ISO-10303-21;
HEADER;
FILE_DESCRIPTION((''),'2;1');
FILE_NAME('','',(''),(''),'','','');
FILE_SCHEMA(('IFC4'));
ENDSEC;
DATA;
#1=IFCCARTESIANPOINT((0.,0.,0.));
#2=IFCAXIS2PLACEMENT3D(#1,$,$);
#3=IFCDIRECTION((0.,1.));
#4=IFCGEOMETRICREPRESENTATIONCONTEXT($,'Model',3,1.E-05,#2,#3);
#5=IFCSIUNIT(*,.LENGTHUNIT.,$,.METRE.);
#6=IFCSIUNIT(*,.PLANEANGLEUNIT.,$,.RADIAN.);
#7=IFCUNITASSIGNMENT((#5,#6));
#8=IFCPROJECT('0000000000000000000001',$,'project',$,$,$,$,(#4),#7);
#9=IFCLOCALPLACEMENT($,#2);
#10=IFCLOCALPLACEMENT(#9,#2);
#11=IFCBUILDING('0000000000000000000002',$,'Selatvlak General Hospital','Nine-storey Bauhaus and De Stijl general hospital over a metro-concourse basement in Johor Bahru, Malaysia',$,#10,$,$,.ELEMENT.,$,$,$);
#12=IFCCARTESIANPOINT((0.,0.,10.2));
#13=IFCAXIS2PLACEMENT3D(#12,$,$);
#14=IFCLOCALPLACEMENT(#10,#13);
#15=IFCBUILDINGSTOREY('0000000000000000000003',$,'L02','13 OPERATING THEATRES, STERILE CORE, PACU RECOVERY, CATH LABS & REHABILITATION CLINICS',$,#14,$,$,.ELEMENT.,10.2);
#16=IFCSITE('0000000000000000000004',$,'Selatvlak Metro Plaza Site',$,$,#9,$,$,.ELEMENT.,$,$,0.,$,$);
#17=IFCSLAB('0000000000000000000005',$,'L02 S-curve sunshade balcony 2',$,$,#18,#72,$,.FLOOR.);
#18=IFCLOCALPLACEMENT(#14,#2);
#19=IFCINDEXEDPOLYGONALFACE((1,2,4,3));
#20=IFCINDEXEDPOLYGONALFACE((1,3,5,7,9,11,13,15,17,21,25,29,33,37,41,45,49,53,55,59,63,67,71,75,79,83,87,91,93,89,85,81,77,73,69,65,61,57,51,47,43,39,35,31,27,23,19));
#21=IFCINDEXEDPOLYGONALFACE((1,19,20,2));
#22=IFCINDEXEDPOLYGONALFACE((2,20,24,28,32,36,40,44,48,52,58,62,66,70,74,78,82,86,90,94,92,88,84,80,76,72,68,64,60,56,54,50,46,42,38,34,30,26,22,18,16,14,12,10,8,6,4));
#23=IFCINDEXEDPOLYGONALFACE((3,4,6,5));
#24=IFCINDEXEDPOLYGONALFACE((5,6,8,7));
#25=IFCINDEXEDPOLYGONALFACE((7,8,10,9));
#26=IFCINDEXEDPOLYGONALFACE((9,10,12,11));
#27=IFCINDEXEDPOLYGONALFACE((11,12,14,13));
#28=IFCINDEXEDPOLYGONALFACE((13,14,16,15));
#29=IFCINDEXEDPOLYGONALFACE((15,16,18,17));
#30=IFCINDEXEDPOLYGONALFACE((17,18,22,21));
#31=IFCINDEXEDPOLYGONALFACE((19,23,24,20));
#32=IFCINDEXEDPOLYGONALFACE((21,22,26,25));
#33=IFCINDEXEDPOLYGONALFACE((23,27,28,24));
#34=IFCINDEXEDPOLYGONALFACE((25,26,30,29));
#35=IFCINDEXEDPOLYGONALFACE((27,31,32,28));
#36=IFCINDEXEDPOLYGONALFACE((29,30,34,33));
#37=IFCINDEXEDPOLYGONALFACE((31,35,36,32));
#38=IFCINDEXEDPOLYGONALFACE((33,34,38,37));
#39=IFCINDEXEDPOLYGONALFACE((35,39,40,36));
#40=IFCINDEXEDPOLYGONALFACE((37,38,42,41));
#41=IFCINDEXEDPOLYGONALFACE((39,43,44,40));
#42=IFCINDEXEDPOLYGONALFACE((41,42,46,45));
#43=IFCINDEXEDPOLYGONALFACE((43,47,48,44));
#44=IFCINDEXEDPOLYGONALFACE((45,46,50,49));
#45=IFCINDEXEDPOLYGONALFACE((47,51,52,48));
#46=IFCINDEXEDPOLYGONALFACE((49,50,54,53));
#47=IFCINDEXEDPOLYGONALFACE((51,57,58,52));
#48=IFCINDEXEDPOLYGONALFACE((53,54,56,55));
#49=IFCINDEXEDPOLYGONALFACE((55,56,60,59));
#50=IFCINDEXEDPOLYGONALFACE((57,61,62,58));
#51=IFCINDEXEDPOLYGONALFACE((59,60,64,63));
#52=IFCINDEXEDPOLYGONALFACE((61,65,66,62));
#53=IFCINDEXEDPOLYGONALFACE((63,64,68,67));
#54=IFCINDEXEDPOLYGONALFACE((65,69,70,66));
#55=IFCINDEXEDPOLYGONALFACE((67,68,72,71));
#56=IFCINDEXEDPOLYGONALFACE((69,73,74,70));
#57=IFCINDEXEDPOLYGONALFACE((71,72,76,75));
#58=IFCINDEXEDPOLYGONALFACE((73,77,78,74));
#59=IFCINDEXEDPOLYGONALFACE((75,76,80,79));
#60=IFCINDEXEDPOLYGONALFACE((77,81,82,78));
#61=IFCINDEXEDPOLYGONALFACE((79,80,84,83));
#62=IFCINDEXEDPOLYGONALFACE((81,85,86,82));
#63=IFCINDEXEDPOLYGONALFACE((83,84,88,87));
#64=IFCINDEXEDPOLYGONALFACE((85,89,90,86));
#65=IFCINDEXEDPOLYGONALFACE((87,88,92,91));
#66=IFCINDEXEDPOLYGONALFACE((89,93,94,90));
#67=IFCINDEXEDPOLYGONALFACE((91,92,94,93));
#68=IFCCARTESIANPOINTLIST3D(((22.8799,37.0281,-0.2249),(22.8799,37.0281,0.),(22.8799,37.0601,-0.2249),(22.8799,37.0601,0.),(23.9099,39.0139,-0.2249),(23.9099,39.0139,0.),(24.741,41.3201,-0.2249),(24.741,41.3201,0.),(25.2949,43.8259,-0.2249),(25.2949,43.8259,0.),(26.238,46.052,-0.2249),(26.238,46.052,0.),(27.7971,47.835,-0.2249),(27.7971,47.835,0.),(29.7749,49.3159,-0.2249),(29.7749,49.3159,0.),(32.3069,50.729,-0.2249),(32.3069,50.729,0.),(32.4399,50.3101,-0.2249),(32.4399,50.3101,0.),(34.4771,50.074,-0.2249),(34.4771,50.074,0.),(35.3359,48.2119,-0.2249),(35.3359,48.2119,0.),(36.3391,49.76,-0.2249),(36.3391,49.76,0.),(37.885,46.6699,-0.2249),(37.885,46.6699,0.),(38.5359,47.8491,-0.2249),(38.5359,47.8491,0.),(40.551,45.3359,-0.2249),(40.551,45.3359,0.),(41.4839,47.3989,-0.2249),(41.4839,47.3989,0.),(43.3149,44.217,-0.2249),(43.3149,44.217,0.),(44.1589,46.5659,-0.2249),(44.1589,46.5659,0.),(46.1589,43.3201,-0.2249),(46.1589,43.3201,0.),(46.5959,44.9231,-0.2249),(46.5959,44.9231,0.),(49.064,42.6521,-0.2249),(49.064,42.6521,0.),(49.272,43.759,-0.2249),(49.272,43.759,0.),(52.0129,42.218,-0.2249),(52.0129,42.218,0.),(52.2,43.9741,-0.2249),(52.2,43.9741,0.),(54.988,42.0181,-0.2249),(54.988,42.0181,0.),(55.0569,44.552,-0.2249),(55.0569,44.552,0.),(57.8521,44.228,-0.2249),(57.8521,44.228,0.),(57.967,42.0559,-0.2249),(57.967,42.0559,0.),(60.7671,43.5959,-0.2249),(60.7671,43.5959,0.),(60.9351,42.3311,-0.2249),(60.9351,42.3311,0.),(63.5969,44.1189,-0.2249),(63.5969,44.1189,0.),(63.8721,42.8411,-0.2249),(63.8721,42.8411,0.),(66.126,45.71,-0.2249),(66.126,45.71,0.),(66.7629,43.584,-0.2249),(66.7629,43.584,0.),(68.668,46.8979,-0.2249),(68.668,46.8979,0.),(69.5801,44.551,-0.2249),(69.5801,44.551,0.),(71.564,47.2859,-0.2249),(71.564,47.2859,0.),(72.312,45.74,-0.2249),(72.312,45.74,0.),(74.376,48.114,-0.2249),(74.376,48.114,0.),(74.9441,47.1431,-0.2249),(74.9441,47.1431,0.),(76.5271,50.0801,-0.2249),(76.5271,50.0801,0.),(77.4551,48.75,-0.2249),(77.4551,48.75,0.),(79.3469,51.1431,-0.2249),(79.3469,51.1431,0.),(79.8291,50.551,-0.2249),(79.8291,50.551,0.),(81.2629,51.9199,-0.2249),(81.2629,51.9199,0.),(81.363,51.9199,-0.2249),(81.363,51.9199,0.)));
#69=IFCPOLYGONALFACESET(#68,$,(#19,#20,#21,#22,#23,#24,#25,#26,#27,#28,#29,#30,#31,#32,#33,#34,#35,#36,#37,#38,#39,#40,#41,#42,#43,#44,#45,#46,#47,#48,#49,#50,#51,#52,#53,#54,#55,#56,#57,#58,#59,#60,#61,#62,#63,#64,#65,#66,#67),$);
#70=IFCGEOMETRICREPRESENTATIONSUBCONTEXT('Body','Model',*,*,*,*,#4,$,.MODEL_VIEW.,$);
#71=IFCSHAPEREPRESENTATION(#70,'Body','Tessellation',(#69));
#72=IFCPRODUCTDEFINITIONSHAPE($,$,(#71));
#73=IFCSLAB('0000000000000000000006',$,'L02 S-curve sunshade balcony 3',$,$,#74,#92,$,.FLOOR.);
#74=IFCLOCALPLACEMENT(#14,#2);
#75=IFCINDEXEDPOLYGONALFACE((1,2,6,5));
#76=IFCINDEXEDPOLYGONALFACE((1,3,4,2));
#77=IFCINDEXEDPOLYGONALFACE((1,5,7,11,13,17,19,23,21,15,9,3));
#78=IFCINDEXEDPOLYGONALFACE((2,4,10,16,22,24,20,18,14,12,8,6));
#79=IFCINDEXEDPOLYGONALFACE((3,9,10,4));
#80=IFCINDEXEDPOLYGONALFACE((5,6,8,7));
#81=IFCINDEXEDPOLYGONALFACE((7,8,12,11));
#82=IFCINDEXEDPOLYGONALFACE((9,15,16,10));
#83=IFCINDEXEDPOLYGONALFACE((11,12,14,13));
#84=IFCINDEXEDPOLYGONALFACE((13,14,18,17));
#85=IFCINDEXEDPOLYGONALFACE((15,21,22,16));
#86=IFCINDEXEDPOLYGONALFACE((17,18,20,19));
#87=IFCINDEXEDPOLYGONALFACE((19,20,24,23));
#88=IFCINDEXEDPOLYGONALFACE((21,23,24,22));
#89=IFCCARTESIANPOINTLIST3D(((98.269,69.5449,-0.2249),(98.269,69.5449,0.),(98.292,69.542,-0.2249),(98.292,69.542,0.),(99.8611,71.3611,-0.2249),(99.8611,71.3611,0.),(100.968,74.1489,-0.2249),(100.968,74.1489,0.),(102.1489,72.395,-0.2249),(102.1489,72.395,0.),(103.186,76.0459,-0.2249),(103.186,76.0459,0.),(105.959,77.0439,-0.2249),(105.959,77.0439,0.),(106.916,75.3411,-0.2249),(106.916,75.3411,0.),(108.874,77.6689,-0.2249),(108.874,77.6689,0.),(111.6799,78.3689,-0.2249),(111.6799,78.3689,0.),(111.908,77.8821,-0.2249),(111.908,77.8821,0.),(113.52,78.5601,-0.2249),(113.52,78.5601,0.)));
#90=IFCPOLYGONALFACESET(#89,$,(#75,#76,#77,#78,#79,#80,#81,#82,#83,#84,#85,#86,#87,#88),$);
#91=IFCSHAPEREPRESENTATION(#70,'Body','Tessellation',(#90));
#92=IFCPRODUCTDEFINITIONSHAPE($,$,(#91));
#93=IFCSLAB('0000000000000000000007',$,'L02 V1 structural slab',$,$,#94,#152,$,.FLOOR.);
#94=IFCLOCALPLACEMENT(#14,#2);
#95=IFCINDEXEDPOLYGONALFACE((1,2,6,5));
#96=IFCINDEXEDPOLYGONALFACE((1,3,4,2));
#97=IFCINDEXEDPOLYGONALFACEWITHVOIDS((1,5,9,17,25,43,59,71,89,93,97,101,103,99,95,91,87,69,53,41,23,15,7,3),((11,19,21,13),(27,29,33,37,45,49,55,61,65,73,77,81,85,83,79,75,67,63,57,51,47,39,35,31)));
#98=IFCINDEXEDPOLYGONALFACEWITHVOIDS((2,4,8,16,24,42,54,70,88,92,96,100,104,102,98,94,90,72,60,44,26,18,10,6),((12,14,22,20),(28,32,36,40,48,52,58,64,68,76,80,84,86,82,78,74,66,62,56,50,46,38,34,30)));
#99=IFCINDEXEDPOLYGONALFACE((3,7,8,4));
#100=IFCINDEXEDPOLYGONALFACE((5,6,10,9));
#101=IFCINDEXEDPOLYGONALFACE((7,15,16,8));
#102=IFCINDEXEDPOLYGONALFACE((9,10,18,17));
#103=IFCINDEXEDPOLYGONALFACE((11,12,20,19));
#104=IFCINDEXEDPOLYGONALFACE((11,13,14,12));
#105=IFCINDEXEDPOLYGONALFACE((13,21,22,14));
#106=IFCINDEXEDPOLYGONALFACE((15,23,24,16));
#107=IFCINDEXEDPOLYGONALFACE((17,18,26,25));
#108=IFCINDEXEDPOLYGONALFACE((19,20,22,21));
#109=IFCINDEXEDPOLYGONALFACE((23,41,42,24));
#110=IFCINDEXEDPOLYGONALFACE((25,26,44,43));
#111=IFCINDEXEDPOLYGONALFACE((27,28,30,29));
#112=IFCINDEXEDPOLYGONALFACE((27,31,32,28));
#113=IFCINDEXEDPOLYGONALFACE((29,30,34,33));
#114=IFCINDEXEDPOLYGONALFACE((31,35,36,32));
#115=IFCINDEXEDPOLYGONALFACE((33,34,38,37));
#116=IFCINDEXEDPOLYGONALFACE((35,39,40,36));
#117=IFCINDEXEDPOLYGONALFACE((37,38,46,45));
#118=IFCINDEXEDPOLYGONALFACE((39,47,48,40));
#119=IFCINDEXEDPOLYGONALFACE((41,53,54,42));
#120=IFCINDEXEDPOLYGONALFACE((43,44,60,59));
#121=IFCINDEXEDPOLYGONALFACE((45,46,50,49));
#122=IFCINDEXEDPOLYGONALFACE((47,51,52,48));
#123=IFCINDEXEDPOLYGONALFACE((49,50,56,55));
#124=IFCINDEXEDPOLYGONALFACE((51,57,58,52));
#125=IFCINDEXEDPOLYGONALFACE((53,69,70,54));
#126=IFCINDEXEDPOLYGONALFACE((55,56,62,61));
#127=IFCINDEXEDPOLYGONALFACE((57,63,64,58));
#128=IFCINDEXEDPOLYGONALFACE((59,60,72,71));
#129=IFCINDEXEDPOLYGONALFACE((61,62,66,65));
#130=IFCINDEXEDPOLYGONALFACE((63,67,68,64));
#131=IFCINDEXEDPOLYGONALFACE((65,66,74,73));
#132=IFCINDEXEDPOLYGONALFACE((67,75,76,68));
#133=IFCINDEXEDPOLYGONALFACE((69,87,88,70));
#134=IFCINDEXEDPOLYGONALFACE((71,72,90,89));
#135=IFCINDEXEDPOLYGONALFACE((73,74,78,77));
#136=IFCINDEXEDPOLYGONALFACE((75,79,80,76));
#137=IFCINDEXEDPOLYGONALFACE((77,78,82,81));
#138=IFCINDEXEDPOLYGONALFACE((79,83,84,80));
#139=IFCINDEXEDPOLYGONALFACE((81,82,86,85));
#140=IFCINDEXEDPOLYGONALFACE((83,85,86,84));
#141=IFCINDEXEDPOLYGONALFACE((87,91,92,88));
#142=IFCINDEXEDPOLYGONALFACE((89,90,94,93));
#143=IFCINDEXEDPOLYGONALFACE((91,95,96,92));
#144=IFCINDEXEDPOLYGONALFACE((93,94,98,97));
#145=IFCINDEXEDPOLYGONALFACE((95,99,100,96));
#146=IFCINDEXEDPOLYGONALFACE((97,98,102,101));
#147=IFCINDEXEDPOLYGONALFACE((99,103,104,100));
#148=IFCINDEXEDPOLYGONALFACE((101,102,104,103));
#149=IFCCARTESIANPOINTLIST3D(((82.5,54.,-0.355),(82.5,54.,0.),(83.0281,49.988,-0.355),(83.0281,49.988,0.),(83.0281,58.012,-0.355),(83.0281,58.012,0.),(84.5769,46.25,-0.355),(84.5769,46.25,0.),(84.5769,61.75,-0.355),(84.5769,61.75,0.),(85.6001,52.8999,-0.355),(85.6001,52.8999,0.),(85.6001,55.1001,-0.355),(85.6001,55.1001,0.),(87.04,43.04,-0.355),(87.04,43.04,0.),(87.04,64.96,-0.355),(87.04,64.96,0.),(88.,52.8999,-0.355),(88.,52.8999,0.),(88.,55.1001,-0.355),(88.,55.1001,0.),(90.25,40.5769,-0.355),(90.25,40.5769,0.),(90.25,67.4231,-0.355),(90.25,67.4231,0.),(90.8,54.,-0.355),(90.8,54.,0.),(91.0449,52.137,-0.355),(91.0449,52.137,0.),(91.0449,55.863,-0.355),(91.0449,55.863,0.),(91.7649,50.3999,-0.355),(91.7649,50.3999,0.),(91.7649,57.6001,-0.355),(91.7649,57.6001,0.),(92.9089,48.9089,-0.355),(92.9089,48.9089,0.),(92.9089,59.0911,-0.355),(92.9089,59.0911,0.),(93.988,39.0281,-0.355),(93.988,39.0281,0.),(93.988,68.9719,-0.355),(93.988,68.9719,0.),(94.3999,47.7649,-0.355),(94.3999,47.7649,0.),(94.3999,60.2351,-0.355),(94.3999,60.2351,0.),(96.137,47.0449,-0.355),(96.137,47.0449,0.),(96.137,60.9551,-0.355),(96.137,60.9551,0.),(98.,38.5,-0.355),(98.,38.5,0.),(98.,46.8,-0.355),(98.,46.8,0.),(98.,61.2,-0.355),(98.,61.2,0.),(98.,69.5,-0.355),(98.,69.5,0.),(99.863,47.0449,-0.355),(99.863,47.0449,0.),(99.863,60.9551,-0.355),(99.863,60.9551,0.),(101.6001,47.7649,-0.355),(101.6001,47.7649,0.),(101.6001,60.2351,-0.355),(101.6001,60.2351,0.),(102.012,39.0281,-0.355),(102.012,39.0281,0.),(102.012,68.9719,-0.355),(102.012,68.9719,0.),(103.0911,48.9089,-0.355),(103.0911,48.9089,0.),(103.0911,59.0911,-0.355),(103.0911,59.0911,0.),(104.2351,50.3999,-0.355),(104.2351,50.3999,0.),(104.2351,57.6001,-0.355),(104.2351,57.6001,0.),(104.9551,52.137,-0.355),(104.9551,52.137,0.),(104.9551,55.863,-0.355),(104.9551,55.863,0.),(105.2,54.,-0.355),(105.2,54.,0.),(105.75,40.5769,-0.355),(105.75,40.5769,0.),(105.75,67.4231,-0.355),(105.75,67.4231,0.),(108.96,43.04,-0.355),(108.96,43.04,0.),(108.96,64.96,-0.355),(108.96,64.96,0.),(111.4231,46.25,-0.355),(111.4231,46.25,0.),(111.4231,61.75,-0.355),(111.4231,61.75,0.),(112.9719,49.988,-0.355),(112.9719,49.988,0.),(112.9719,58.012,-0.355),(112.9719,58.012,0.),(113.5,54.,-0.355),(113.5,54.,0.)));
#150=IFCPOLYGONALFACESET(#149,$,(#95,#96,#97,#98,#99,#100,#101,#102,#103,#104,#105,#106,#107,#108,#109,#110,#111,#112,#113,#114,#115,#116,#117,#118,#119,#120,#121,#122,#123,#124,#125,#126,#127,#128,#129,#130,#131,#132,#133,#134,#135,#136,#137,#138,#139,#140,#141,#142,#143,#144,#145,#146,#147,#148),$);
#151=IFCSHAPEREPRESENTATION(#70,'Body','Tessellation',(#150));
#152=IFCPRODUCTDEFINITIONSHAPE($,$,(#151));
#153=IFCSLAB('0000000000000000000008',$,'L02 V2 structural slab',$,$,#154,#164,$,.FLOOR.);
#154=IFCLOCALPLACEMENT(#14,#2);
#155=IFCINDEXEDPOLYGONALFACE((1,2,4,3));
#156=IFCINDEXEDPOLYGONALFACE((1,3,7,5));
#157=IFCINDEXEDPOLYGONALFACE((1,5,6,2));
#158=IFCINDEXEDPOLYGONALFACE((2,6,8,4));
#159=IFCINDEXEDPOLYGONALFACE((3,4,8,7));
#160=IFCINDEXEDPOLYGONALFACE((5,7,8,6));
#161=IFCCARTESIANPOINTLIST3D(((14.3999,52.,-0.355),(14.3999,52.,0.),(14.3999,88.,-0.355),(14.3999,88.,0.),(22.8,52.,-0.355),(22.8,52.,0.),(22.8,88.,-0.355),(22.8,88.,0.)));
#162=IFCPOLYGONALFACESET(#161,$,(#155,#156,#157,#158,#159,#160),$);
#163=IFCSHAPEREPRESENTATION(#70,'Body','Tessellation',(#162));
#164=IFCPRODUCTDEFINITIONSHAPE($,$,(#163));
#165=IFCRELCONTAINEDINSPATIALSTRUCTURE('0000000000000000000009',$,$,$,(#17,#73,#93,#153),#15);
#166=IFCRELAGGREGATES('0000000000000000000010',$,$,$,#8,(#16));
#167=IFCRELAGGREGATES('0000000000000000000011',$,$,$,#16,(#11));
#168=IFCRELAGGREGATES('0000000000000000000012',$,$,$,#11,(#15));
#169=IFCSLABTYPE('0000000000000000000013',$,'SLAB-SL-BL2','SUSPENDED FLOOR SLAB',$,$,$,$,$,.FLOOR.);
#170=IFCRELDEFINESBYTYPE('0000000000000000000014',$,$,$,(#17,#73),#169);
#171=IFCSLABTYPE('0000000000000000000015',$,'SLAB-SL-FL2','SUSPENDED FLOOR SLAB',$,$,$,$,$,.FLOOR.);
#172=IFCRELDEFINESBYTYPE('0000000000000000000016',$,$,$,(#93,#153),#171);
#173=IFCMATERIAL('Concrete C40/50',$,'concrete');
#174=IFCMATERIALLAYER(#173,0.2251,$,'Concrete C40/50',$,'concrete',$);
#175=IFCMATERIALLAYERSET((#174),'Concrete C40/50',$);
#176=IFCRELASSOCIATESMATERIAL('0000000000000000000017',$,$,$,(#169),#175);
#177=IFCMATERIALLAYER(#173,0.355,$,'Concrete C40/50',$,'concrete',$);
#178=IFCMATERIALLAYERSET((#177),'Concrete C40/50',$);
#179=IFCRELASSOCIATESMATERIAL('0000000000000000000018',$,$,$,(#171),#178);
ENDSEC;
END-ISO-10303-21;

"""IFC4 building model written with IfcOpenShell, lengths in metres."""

from ifc_helpers import new_model, si_unit, direction, frame, origin, place, context, subcontext, project, spatial, polyline, outline, extrude, material, layer, layer_set, type_object, element, save


model = new_model("IFC4")

# Units and contexts
model_context = context("Model", 3, precision=1e-05, world=origin(), true_north=direction((0.0, 1.0)))
body_context = subcontext(model_context, "Body", "Model", "MODEL_VIEW")
ifc_project = project(units=[si_unit("LENGTHUNIT", "METRE"), si_unit("PLANEANGLEUNIT", "RADIAN")], contexts=[model_context])

# Site, building, storey
site_placement = place(None, origin())
site = spatial("IfcSite", under=ifc_project, at=site_placement, Name="Selatvlak Metro Plaza Site", CompositionType="ELEMENT", RefElevation=0.0)
building_placement = place(site_placement, origin())
building = spatial("IfcBuilding", under=site, at=building_placement, Name="Selatvlak General Hospital", Description="Nine-storey Bauhaus and De Stijl general hospital over a metro-concourse basement in Johor Bahru, Malaysia", CompositionType="ELEMENT")
storey_placement = place(building_placement, frame((0.0, 0.0, 10.2)))
storey = spatial("IfcBuildingStorey", under=building, at=storey_placement, Name="L02", Description="13 OPERATING THEATRES, STERILE CORE, PACU RECOVERY, CATH LABS & REHABILITATION CLINICS", CompositionType="ELEMENT", Elevation=10.2)

# Shared definitions
ifc_material_1 = material(Name="Concrete C40/50", Category="concrete")

# Slabs
ifc_layer_1 = layer(ifc_material_1, 0.2251, Name="Concrete C40/50", Category="concrete")
ifc_layer_set_1 = layer_set([ifc_layer_1], Name="Concrete C40/50")
slab_type_1 = type_object("IfcSlabType", Name="SLAB-SL-BL2", Description="SUSPENDED FLOOR SLAB", PredefinedType="FLOOR", material=ifc_layer_set_1)
slab_1_placement = place(storey_placement, frame((0.0, 0.0, -0.2249)))
element("IfcSlab", 1, at=slab_1_placement, inside=storey, type_object=slab_type_1, Name="L02 S-curve sunshade balcony 2", PredefinedType="FLOOR", context=body_context, shape_type="SweptSolid", body=[
    extrude(outline(polyline([(46.5959, 44.9231), (49.272, 43.759), (52.2, 43.9741), (55.0569, 44.552), (57.8521, 44.228), (60.7671, 43.5959), (63.5969, 44.1189), (66.126, 45.71), (68.668, 46.8979), (71.564, 47.2859), (74.376, 48.114), (76.5271, 50.0801), (79.3469, 51.1431), (81.2629, 51.9199), (81.363, 51.9199), (79.8291, 50.551), (77.4551, 48.75), (74.9441, 47.1431), (72.312, 45.74), (69.5801, 44.551), (66.7629, 43.584), (63.8721, 42.8411), (60.9351, 42.3311), (57.967, 42.0559), (54.988, 42.0181), (52.0129, 42.218), (49.064, 42.6521), (46.1589, 43.3201), (43.3149, 44.217), (40.551, 45.3359), (37.885, 46.6699), (35.3359, 48.2119), (32.4399, 50.3101), (22.8799, 37.0281), (22.8799, 37.0601), (23.9099, 39.0139), (24.741, 41.3201), (25.2949, 43.8259), (26.238, 46.052), (27.7971, 47.835), (29.7749, 49.3159), (32.3069, 50.729), (34.4771, 50.074), (36.3391, 49.76), (38.5359, 47.8491), (41.4839, 47.3989), (44.1589, 46.5659), (46.5959, 44.9231)])), origin(), (0.0, 0.0, 1.0), 0.2249),
])
slab_2_placement = place(storey_placement, frame((0.0, 0.0, -0.2249)))
element("IfcSlab", 2, at=slab_2_placement, inside=storey, type_object=slab_type_1, Name="L02 S-curve sunshade balcony 3", PredefinedType="FLOOR", context=body_context, shape_type="SweptSolid", body=[
    extrude(outline(polyline([(105.959, 77.0439), (108.874, 77.6689), (111.6799, 78.3689), (113.52, 78.5601), (111.908, 77.8821), (106.916, 75.3411), (102.1489, 72.395), (98.292, 69.542), (98.269, 69.5449), (99.8611, 71.3611), (100.968, 74.1489), (103.186, 76.0459), (105.959, 77.0439)])), origin(), (0.0, 0.0, 1.0), 0.2249),
])
ifc_layer_2 = layer(ifc_material_1, 0.355, Name="Concrete C40/50", Category="concrete")
ifc_layer_set_2 = layer_set([ifc_layer_2], Name="Concrete C40/50")
slab_type_2 = type_object("IfcSlabType", Name="SLAB-SL-FL2", Description="SUSPENDED FLOOR SLAB", PredefinedType="FLOOR", material=ifc_layer_set_2)
slab_3_placement = place(storey_placement, frame((0.0, 0.0, -0.355)))
element("IfcSlab", 3, at=slab_3_placement, inside=storey, type_object=slab_type_2, Name="L02 V1 structural slab", PredefinedType="FLOOR", context=body_context, shape_type="SweptSolid", body=[
    extrude(outline(polyline([(111.4231, 46.25), (108.96, 43.04), (105.75, 40.5769), (102.012, 39.0281), (98.0, 38.5), (93.988, 39.0281), (90.25, 40.5769), (87.04, 43.04), (84.5769, 46.25), (83.0281, 49.988), (82.5, 54.0), (83.0281, 58.012), (84.5769, 61.75), (87.04, 64.96), (90.25, 67.4231), (93.988, 68.9719), (98.0, 69.5), (102.012, 68.9719), (105.75, 67.4231), (108.96, 64.96), (111.4231, 61.75), (112.9719, 58.012), (113.5, 54.0), (112.9719, 49.988), (111.4231, 46.25)]), holes=[polyline([(104.2351, 57.6001), (103.0911, 59.0911), (101.6001, 60.2351), (99.863, 60.9551), (98.0, 61.2), (96.137, 60.9551), (94.3999, 60.2351), (92.9089, 59.0911), (91.7649, 57.6001), (91.0449, 55.863), (90.8, 54.0), (91.0449, 52.137), (91.7649, 50.3999), (92.9089, 48.9089), (94.3999, 47.7649), (96.137, 47.0449), (98.0, 46.8), (99.863, 47.0449), (101.6001, 47.7649), (103.0911, 48.9089), (104.2351, 50.3999), (104.9551, 52.137), (105.2, 54.0), (104.9551, 55.863), (104.2351, 57.6001)]), polyline([(88.0, 55.1001), (85.6001, 55.1001), (85.6001, 52.8999), (88.0, 52.8999), (88.0, 55.1001)])]), origin(), (0.0, 0.0, 1.0), 0.355),
])
slab_4_placement = place(storey_placement, frame((0.0, 0.0, -0.355)))
element("IfcSlab", 4, at=slab_4_placement, inside=storey, type_object=slab_type_2, Name="L02 V2 structural slab", PredefinedType="FLOOR", context=body_context, shape_type="SweptSolid", body=[
    extrude(outline(polyline([(14.3999, 52.0), (14.3999, 88.0), (22.8, 88.0), (22.8, 52.0), (14.3999, 52.0)])), origin(), (0.0, 0.0, 1.0), 0.355),
])

save(model, "model.ifc")
